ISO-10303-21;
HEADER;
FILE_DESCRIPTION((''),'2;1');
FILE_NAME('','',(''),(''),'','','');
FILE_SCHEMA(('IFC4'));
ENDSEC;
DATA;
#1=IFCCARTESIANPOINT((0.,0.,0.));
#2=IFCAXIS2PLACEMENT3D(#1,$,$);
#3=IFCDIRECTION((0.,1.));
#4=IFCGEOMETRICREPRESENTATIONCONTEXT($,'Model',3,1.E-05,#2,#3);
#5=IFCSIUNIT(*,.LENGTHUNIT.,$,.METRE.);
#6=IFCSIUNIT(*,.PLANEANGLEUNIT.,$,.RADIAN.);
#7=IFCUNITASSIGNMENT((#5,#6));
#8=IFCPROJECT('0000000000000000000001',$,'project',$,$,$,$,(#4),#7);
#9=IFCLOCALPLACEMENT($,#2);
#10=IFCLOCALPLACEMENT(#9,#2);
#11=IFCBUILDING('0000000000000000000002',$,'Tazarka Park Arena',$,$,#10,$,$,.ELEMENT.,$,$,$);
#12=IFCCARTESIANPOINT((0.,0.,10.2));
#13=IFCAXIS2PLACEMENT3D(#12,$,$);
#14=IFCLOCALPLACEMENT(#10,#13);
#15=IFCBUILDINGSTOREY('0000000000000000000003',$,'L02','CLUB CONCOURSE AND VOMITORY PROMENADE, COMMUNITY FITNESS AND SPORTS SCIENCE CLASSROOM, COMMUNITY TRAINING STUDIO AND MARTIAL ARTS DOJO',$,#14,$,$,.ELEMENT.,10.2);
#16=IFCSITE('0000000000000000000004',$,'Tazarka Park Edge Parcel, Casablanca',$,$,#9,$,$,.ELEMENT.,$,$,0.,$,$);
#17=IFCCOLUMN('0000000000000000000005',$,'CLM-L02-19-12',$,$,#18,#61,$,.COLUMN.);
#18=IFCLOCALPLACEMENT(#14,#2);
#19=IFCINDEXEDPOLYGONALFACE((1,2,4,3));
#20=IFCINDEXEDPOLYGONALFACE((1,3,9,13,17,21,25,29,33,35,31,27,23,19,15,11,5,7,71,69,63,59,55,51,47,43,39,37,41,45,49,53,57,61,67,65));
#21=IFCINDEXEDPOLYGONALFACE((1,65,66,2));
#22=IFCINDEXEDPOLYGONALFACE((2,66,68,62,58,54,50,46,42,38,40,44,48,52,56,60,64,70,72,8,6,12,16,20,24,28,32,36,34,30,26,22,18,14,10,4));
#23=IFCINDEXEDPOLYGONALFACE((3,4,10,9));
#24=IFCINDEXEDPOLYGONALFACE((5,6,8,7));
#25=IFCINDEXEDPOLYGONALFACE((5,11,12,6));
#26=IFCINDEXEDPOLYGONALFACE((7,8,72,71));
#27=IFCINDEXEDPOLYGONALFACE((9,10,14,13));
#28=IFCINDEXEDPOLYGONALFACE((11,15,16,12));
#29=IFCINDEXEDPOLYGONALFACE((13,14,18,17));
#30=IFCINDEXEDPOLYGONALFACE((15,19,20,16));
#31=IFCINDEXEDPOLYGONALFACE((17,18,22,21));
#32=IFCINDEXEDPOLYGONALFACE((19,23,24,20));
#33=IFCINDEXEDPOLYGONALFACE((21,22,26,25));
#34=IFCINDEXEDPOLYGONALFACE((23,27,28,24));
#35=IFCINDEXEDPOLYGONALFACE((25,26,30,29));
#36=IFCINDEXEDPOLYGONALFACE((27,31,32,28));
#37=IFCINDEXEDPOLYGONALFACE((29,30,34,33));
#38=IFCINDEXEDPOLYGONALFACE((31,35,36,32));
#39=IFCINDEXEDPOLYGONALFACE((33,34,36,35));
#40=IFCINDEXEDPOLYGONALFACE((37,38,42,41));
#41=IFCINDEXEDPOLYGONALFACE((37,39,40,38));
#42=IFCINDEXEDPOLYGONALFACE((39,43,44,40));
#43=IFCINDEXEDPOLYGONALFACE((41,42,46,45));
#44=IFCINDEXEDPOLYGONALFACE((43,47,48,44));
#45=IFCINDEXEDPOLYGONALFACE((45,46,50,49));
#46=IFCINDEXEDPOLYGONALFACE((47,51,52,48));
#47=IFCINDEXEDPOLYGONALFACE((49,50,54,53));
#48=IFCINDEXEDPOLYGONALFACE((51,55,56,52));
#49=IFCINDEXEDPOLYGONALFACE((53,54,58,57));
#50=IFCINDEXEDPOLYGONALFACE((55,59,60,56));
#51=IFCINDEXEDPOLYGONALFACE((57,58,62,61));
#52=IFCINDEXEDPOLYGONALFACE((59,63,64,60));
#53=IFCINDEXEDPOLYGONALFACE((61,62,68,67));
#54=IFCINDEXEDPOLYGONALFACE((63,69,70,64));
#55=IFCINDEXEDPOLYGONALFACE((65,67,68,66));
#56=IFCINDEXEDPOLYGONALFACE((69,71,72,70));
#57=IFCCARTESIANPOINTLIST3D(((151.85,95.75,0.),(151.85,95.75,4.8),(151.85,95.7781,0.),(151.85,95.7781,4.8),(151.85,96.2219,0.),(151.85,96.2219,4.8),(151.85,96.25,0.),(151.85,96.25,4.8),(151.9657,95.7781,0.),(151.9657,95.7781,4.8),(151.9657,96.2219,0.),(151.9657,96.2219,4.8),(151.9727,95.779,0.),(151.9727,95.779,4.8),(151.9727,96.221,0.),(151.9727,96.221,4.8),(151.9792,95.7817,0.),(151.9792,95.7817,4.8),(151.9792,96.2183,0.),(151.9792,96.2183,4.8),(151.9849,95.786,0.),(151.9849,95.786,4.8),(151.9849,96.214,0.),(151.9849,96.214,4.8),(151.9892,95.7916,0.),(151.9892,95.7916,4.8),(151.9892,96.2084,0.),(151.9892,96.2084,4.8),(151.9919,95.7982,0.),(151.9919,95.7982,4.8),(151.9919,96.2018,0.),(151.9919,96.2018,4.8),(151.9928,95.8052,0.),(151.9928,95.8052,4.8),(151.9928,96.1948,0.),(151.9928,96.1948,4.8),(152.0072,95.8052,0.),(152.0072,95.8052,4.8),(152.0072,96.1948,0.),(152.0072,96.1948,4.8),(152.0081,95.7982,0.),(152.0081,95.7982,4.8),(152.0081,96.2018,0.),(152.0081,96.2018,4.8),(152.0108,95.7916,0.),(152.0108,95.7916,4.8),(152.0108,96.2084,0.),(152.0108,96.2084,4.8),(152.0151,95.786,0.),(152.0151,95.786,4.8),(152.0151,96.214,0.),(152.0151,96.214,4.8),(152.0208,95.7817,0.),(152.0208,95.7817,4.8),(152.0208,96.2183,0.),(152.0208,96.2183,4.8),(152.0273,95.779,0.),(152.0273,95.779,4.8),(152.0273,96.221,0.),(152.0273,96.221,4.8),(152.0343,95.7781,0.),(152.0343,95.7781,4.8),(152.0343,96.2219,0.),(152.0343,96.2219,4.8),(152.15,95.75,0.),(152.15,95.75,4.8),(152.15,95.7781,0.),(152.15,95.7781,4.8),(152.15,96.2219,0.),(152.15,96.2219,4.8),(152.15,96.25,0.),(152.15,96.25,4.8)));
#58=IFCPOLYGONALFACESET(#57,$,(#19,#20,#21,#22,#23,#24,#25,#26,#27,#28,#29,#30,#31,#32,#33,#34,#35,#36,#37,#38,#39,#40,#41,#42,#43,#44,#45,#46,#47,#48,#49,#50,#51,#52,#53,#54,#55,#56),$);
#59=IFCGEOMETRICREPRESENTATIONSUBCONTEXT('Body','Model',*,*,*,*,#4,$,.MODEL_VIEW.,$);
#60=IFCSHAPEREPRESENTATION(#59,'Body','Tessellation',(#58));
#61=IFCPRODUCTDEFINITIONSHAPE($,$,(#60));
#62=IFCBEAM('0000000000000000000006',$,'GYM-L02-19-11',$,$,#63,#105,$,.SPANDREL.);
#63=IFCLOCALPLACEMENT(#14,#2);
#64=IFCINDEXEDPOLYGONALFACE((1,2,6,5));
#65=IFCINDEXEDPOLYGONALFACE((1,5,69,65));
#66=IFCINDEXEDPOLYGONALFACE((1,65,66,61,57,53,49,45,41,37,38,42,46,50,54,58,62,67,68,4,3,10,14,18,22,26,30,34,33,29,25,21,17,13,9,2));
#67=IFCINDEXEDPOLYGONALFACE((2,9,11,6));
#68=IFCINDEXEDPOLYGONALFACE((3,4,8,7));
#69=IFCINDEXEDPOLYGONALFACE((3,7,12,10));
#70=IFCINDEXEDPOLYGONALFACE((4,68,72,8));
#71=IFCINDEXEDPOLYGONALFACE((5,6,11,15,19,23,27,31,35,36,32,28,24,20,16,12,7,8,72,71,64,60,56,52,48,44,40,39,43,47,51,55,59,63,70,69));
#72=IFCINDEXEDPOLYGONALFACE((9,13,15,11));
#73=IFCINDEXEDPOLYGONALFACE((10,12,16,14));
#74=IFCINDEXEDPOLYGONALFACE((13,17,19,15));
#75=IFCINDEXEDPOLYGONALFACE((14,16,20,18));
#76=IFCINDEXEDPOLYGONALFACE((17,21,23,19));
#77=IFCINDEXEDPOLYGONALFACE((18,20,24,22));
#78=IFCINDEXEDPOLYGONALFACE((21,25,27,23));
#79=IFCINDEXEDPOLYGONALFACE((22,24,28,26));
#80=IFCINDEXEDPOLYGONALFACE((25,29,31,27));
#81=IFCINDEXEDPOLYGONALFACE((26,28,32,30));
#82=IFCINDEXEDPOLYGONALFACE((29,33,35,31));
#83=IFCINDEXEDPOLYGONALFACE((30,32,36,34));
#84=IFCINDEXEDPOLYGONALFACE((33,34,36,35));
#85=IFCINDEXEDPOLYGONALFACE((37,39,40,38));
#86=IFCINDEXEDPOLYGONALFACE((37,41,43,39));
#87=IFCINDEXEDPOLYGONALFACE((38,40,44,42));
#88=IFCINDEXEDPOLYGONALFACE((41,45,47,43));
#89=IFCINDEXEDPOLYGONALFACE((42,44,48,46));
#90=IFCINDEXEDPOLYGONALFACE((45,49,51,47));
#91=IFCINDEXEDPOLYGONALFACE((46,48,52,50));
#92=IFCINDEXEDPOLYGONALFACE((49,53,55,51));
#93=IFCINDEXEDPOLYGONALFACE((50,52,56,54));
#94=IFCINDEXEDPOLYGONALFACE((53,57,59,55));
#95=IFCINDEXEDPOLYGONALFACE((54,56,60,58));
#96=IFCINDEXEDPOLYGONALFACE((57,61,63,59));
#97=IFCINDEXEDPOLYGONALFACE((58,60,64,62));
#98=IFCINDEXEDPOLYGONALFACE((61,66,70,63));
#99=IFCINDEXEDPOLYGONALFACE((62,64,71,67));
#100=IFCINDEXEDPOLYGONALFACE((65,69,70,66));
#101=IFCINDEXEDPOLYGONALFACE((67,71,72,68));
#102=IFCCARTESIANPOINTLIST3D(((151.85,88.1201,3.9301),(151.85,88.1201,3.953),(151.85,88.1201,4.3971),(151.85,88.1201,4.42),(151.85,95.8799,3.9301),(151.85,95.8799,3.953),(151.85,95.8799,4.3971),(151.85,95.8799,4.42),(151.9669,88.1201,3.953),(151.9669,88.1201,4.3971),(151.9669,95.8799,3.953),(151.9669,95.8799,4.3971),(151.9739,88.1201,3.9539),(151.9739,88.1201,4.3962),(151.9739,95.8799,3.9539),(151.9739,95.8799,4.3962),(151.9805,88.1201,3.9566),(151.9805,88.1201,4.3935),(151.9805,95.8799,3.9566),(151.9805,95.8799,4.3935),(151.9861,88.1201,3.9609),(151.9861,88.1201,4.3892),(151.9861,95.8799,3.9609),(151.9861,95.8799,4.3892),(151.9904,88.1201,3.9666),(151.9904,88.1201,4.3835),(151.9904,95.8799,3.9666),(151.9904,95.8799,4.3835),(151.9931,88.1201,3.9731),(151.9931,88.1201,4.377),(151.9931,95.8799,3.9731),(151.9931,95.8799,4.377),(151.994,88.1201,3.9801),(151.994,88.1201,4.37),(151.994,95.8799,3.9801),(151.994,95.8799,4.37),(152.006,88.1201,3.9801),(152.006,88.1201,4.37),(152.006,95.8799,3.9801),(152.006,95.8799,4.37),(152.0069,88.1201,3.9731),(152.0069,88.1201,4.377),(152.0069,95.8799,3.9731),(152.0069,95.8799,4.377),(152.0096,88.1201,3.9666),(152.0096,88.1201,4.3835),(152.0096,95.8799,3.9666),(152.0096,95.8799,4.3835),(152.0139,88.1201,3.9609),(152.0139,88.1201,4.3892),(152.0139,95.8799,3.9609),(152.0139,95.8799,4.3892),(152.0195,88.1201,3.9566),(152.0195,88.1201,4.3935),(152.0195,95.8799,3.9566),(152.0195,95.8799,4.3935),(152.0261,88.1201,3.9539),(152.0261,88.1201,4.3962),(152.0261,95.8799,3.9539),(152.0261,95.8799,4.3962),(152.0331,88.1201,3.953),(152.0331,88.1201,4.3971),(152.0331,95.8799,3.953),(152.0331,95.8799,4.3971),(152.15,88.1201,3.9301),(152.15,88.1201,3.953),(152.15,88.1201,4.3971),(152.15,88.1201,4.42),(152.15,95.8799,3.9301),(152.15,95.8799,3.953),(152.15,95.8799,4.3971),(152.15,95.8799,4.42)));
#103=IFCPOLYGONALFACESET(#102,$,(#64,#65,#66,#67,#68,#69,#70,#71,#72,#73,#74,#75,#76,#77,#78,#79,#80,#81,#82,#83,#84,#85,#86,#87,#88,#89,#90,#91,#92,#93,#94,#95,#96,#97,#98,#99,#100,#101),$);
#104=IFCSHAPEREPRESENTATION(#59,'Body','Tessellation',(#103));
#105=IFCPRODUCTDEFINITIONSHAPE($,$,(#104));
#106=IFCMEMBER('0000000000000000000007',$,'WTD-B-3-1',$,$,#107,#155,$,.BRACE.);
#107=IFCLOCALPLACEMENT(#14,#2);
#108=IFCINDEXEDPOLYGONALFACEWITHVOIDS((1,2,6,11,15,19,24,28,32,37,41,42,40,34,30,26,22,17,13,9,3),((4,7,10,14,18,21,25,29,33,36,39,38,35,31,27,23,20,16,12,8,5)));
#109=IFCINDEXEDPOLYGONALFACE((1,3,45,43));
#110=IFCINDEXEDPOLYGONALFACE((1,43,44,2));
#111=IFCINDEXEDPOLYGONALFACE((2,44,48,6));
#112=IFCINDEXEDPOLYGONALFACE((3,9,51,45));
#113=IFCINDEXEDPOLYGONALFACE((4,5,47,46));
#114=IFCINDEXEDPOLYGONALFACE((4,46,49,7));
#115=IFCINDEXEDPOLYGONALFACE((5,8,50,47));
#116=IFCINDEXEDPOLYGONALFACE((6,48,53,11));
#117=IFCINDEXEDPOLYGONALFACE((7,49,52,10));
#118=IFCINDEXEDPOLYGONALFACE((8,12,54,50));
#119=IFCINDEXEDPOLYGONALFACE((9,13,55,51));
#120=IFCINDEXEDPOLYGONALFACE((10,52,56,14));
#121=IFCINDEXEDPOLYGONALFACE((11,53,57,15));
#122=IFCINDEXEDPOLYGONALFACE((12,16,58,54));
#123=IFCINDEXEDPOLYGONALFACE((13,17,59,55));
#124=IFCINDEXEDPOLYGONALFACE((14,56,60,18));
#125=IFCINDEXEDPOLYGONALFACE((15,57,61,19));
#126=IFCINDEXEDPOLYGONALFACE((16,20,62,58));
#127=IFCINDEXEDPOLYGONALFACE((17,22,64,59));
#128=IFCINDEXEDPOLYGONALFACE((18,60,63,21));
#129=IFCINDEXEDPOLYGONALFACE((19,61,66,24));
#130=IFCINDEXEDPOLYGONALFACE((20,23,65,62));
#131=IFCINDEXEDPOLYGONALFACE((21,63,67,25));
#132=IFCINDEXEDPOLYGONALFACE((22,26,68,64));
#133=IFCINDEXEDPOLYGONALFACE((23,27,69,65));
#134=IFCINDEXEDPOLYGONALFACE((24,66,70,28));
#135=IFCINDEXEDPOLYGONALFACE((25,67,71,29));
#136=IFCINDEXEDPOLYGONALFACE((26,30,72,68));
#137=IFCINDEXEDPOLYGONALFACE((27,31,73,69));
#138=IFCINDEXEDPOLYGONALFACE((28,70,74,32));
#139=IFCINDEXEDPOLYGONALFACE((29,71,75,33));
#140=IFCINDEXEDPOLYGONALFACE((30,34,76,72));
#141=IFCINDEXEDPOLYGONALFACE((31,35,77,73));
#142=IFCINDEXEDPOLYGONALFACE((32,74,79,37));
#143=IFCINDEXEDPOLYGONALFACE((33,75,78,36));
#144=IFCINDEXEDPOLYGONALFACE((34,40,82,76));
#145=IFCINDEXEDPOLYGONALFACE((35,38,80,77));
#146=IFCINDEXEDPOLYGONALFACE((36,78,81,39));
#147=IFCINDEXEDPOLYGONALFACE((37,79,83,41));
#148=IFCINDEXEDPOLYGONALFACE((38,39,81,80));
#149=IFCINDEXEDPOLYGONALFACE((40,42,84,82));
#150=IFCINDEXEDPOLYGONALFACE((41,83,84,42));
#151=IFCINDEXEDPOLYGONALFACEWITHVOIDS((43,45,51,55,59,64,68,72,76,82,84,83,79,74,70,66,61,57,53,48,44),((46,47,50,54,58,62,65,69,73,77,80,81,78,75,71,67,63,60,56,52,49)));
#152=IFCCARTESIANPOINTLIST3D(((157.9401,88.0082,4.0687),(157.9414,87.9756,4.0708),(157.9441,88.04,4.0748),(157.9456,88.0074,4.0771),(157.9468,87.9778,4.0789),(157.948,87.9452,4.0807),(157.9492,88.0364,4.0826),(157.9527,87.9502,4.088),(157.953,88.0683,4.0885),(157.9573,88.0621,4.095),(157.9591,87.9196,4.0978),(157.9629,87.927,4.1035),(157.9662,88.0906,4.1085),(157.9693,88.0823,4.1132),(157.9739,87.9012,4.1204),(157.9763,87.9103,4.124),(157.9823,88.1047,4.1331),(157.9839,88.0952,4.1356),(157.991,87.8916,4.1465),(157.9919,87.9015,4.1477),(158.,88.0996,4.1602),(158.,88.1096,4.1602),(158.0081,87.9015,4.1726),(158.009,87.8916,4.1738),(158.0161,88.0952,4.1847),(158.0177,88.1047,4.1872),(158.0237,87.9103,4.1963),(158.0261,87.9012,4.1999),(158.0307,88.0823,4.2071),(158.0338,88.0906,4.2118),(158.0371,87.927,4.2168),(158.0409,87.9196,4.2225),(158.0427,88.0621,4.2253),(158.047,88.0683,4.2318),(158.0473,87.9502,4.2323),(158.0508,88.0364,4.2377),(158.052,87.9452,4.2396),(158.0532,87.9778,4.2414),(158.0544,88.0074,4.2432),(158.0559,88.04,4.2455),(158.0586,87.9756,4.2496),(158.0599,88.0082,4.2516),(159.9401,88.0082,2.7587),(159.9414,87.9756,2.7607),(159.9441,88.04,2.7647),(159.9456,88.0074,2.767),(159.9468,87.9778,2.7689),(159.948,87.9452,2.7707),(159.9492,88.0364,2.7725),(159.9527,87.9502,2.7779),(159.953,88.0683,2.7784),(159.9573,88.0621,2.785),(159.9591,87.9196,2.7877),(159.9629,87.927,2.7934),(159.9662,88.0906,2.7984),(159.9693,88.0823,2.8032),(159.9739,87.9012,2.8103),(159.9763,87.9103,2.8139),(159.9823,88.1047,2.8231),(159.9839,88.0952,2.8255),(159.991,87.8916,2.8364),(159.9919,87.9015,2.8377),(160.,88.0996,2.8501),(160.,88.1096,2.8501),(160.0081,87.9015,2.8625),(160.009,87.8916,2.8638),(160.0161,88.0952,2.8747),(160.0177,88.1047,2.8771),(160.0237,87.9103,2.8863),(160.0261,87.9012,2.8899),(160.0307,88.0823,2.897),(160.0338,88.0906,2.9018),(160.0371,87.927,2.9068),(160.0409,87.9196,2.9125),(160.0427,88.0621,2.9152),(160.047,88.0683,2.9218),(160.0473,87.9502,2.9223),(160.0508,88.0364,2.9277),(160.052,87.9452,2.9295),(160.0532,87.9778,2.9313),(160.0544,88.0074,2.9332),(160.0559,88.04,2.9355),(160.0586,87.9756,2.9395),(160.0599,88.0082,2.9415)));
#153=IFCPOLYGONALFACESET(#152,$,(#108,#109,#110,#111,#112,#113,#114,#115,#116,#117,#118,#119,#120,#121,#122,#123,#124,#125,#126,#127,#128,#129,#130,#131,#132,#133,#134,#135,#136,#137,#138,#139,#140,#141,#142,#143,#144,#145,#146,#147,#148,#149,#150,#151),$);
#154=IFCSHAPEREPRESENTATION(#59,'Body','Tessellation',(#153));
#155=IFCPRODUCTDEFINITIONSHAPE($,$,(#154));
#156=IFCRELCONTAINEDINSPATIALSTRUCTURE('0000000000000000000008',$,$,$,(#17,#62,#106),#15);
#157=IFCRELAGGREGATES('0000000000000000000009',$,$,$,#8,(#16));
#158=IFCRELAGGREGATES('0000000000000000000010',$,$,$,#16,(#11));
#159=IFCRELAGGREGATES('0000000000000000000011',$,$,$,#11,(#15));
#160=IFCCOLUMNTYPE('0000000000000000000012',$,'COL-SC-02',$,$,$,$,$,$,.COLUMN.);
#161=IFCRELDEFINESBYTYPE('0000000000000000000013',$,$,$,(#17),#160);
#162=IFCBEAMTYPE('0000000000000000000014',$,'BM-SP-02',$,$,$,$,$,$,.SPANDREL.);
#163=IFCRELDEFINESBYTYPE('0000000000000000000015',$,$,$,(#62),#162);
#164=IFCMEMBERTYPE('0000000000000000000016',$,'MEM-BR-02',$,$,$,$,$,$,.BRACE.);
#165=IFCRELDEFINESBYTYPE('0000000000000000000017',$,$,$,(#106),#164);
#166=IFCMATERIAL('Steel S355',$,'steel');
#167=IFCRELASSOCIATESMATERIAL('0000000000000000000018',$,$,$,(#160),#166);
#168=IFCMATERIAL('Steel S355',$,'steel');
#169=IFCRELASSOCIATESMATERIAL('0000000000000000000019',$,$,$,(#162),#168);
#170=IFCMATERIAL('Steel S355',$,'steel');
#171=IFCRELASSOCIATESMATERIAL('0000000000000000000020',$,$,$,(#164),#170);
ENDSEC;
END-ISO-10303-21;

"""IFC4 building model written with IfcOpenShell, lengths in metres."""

from ifc_helpers import new_model, si_unit, direction, frame, origin, origin_2d, place, context, subcontext, project, spatial, hollow_circle, i_section, extrude, material, material_profile, profile_set, type_object, element, save


model = new_model("IFC4")

# Units and contexts
model_context = context("Model", 3, precision=1e-05, world=origin(), true_north=direction((0.0, 1.0)))
body_context = subcontext(model_context, "Body", "Model", "MODEL_VIEW")
ifc_project = project(units=[si_unit("LENGTHUNIT", "METRE"), si_unit("PLANEANGLEUNIT", "RADIAN")], contexts=[model_context])

# Site, building, storey
site_placement = place(None, origin())
site = spatial("IfcSite", under=ifc_project, at=site_placement, Name="Tazarka Park Edge Parcel, Casablanca", CompositionType="ELEMENT", RefElevation=0.0)
building_placement = place(site_placement, origin())
building = spatial("IfcBuilding", under=site, at=building_placement, Name="Tazarka Park Arena", CompositionType="ELEMENT")
storey_placement = place(building_placement, frame((0.0, 0.0, 10.2)))
storey = spatial("IfcBuildingStorey", under=building, at=storey_placement, Name="L02", Description="CLUB CONCOURSE AND VOMITORY PROMENADE, COMMUNITY FITNESS AND SPORTS SCIENCE CLASSROOM, COMMUNITY TRAINING STUDIO AND MARTIAL ARTS DOJO", CompositionType="ELEMENT", Elevation=10.2)

# Column
ifc_material_1 = material(Name="Steel S355", Category="steel")
ifc_material_profile_1 = material_profile(ifc_material_1, i_section(OverallWidth=0.3, OverallDepth=0.5, WebThickness=0.0144, FlangeThickness=0.0281, FilletRadius=0.0271, at=origin_2d()), Name="Steel S355")
ifc_profile_set_1 = profile_set([ifc_material_profile_1], Name="Steel S355")
column_type = type_object("IfcColumnType", Name="COL-SC-02", PredefinedType="COLUMN", material=ifc_profile_set_1)
column_placement = place(storey_placement, frame((152.0, 96.0, 0.0), z_axis=(0.0, 0.0, 1.0), x_axis=(1.0, 0.0, 0.0)))
element("IfcColumn", 1, at=column_placement, inside=storey, type_object=column_type, Name="CLM-L02-19-12", PredefinedType="COLUMN", context=body_context, shape_type="SweptSolid", body=[
    extrude(i_section(OverallWidth=0.3, OverallDepth=0.5, WebThickness=0.0144, FlangeThickness=0.0281, FilletRadius=0.0271, at=origin_2d()), origin(), (0.0, 0.0, 1.0), 4.8),
])

# Beam
ifc_material_2 = material(Name="Steel S355", Category="steel")
ifc_material_profile_2 = material_profile(ifc_material_2, i_section(OverallWidth=0.3, OverallDepth=0.49, WebThickness=0.012, FlangeThickness=0.0229, FilletRadius=0.0271, at=origin_2d()), Name="Steel S355")
ifc_profile_set_2 = profile_set([ifc_material_profile_2], Name="Steel S355")
beam_type = type_object("IfcBeamType", Name="BM-SP-02", PredefinedType="SPANDREL", material=ifc_profile_set_2)
beam_placement = place(storey_placement, frame((152.0, 88.1201, 4.175), z_axis=(0.0, 1.0, 0.0), x_axis=(-1.0, 0.0, 0.0)))
element("IfcBeam", 2, at=beam_placement, inside=storey, type_object=beam_type, Name="GYM-L02-19-11", PredefinedType="SPANDREL", context=body_context, shape_type="SweptSolid", body=[
    extrude(i_section(OverallWidth=0.3, OverallDepth=0.49, WebThickness=0.012, FlangeThickness=0.0229, FilletRadius=0.0271, at=origin_2d()), origin(), (0.0, 0.0, 1.0), 7.7598),
])

# Member
ifc_material_3 = material(Name="Steel S355", Category="steel")
ifc_material_profile_3 = material_profile(ifc_material_3, hollow_circle(Radius=0.1096, WallThickness=0.01, at=origin_2d()), Name="Steel S355")
ifc_profile_set_3 = profile_set([ifc_material_profile_3], Name="Steel S355")
member_type_1 = type_object("IfcMemberType", Name="MEM-BR-02", PredefinedType="BRACE", material=ifc_profile_set_3)
for number, where, z_axis, x_axis, name in (
    (3, (158.0, 88.0, 4.1602), (0.836516, 0.0, -0.547942), (0.0, 1.0, 0.0), "WTD-B-3-1"),
):
    element("IfcMember", number, at=place(storey_placement, frame(where, z_axis=z_axis, x_axis=x_axis)), inside=storey, type_object=member_type_1, Name=name, PredefinedType="BRACE", context=body_context, shape_type="SweptSolid", body=[
        extrude(hollow_circle(Radius=0.1096, WallThickness=0.01, at=origin_2d()), origin(), (0.0, 0.0, 1.0), 2.3909),
    ])

save(model, "model.ifc")
